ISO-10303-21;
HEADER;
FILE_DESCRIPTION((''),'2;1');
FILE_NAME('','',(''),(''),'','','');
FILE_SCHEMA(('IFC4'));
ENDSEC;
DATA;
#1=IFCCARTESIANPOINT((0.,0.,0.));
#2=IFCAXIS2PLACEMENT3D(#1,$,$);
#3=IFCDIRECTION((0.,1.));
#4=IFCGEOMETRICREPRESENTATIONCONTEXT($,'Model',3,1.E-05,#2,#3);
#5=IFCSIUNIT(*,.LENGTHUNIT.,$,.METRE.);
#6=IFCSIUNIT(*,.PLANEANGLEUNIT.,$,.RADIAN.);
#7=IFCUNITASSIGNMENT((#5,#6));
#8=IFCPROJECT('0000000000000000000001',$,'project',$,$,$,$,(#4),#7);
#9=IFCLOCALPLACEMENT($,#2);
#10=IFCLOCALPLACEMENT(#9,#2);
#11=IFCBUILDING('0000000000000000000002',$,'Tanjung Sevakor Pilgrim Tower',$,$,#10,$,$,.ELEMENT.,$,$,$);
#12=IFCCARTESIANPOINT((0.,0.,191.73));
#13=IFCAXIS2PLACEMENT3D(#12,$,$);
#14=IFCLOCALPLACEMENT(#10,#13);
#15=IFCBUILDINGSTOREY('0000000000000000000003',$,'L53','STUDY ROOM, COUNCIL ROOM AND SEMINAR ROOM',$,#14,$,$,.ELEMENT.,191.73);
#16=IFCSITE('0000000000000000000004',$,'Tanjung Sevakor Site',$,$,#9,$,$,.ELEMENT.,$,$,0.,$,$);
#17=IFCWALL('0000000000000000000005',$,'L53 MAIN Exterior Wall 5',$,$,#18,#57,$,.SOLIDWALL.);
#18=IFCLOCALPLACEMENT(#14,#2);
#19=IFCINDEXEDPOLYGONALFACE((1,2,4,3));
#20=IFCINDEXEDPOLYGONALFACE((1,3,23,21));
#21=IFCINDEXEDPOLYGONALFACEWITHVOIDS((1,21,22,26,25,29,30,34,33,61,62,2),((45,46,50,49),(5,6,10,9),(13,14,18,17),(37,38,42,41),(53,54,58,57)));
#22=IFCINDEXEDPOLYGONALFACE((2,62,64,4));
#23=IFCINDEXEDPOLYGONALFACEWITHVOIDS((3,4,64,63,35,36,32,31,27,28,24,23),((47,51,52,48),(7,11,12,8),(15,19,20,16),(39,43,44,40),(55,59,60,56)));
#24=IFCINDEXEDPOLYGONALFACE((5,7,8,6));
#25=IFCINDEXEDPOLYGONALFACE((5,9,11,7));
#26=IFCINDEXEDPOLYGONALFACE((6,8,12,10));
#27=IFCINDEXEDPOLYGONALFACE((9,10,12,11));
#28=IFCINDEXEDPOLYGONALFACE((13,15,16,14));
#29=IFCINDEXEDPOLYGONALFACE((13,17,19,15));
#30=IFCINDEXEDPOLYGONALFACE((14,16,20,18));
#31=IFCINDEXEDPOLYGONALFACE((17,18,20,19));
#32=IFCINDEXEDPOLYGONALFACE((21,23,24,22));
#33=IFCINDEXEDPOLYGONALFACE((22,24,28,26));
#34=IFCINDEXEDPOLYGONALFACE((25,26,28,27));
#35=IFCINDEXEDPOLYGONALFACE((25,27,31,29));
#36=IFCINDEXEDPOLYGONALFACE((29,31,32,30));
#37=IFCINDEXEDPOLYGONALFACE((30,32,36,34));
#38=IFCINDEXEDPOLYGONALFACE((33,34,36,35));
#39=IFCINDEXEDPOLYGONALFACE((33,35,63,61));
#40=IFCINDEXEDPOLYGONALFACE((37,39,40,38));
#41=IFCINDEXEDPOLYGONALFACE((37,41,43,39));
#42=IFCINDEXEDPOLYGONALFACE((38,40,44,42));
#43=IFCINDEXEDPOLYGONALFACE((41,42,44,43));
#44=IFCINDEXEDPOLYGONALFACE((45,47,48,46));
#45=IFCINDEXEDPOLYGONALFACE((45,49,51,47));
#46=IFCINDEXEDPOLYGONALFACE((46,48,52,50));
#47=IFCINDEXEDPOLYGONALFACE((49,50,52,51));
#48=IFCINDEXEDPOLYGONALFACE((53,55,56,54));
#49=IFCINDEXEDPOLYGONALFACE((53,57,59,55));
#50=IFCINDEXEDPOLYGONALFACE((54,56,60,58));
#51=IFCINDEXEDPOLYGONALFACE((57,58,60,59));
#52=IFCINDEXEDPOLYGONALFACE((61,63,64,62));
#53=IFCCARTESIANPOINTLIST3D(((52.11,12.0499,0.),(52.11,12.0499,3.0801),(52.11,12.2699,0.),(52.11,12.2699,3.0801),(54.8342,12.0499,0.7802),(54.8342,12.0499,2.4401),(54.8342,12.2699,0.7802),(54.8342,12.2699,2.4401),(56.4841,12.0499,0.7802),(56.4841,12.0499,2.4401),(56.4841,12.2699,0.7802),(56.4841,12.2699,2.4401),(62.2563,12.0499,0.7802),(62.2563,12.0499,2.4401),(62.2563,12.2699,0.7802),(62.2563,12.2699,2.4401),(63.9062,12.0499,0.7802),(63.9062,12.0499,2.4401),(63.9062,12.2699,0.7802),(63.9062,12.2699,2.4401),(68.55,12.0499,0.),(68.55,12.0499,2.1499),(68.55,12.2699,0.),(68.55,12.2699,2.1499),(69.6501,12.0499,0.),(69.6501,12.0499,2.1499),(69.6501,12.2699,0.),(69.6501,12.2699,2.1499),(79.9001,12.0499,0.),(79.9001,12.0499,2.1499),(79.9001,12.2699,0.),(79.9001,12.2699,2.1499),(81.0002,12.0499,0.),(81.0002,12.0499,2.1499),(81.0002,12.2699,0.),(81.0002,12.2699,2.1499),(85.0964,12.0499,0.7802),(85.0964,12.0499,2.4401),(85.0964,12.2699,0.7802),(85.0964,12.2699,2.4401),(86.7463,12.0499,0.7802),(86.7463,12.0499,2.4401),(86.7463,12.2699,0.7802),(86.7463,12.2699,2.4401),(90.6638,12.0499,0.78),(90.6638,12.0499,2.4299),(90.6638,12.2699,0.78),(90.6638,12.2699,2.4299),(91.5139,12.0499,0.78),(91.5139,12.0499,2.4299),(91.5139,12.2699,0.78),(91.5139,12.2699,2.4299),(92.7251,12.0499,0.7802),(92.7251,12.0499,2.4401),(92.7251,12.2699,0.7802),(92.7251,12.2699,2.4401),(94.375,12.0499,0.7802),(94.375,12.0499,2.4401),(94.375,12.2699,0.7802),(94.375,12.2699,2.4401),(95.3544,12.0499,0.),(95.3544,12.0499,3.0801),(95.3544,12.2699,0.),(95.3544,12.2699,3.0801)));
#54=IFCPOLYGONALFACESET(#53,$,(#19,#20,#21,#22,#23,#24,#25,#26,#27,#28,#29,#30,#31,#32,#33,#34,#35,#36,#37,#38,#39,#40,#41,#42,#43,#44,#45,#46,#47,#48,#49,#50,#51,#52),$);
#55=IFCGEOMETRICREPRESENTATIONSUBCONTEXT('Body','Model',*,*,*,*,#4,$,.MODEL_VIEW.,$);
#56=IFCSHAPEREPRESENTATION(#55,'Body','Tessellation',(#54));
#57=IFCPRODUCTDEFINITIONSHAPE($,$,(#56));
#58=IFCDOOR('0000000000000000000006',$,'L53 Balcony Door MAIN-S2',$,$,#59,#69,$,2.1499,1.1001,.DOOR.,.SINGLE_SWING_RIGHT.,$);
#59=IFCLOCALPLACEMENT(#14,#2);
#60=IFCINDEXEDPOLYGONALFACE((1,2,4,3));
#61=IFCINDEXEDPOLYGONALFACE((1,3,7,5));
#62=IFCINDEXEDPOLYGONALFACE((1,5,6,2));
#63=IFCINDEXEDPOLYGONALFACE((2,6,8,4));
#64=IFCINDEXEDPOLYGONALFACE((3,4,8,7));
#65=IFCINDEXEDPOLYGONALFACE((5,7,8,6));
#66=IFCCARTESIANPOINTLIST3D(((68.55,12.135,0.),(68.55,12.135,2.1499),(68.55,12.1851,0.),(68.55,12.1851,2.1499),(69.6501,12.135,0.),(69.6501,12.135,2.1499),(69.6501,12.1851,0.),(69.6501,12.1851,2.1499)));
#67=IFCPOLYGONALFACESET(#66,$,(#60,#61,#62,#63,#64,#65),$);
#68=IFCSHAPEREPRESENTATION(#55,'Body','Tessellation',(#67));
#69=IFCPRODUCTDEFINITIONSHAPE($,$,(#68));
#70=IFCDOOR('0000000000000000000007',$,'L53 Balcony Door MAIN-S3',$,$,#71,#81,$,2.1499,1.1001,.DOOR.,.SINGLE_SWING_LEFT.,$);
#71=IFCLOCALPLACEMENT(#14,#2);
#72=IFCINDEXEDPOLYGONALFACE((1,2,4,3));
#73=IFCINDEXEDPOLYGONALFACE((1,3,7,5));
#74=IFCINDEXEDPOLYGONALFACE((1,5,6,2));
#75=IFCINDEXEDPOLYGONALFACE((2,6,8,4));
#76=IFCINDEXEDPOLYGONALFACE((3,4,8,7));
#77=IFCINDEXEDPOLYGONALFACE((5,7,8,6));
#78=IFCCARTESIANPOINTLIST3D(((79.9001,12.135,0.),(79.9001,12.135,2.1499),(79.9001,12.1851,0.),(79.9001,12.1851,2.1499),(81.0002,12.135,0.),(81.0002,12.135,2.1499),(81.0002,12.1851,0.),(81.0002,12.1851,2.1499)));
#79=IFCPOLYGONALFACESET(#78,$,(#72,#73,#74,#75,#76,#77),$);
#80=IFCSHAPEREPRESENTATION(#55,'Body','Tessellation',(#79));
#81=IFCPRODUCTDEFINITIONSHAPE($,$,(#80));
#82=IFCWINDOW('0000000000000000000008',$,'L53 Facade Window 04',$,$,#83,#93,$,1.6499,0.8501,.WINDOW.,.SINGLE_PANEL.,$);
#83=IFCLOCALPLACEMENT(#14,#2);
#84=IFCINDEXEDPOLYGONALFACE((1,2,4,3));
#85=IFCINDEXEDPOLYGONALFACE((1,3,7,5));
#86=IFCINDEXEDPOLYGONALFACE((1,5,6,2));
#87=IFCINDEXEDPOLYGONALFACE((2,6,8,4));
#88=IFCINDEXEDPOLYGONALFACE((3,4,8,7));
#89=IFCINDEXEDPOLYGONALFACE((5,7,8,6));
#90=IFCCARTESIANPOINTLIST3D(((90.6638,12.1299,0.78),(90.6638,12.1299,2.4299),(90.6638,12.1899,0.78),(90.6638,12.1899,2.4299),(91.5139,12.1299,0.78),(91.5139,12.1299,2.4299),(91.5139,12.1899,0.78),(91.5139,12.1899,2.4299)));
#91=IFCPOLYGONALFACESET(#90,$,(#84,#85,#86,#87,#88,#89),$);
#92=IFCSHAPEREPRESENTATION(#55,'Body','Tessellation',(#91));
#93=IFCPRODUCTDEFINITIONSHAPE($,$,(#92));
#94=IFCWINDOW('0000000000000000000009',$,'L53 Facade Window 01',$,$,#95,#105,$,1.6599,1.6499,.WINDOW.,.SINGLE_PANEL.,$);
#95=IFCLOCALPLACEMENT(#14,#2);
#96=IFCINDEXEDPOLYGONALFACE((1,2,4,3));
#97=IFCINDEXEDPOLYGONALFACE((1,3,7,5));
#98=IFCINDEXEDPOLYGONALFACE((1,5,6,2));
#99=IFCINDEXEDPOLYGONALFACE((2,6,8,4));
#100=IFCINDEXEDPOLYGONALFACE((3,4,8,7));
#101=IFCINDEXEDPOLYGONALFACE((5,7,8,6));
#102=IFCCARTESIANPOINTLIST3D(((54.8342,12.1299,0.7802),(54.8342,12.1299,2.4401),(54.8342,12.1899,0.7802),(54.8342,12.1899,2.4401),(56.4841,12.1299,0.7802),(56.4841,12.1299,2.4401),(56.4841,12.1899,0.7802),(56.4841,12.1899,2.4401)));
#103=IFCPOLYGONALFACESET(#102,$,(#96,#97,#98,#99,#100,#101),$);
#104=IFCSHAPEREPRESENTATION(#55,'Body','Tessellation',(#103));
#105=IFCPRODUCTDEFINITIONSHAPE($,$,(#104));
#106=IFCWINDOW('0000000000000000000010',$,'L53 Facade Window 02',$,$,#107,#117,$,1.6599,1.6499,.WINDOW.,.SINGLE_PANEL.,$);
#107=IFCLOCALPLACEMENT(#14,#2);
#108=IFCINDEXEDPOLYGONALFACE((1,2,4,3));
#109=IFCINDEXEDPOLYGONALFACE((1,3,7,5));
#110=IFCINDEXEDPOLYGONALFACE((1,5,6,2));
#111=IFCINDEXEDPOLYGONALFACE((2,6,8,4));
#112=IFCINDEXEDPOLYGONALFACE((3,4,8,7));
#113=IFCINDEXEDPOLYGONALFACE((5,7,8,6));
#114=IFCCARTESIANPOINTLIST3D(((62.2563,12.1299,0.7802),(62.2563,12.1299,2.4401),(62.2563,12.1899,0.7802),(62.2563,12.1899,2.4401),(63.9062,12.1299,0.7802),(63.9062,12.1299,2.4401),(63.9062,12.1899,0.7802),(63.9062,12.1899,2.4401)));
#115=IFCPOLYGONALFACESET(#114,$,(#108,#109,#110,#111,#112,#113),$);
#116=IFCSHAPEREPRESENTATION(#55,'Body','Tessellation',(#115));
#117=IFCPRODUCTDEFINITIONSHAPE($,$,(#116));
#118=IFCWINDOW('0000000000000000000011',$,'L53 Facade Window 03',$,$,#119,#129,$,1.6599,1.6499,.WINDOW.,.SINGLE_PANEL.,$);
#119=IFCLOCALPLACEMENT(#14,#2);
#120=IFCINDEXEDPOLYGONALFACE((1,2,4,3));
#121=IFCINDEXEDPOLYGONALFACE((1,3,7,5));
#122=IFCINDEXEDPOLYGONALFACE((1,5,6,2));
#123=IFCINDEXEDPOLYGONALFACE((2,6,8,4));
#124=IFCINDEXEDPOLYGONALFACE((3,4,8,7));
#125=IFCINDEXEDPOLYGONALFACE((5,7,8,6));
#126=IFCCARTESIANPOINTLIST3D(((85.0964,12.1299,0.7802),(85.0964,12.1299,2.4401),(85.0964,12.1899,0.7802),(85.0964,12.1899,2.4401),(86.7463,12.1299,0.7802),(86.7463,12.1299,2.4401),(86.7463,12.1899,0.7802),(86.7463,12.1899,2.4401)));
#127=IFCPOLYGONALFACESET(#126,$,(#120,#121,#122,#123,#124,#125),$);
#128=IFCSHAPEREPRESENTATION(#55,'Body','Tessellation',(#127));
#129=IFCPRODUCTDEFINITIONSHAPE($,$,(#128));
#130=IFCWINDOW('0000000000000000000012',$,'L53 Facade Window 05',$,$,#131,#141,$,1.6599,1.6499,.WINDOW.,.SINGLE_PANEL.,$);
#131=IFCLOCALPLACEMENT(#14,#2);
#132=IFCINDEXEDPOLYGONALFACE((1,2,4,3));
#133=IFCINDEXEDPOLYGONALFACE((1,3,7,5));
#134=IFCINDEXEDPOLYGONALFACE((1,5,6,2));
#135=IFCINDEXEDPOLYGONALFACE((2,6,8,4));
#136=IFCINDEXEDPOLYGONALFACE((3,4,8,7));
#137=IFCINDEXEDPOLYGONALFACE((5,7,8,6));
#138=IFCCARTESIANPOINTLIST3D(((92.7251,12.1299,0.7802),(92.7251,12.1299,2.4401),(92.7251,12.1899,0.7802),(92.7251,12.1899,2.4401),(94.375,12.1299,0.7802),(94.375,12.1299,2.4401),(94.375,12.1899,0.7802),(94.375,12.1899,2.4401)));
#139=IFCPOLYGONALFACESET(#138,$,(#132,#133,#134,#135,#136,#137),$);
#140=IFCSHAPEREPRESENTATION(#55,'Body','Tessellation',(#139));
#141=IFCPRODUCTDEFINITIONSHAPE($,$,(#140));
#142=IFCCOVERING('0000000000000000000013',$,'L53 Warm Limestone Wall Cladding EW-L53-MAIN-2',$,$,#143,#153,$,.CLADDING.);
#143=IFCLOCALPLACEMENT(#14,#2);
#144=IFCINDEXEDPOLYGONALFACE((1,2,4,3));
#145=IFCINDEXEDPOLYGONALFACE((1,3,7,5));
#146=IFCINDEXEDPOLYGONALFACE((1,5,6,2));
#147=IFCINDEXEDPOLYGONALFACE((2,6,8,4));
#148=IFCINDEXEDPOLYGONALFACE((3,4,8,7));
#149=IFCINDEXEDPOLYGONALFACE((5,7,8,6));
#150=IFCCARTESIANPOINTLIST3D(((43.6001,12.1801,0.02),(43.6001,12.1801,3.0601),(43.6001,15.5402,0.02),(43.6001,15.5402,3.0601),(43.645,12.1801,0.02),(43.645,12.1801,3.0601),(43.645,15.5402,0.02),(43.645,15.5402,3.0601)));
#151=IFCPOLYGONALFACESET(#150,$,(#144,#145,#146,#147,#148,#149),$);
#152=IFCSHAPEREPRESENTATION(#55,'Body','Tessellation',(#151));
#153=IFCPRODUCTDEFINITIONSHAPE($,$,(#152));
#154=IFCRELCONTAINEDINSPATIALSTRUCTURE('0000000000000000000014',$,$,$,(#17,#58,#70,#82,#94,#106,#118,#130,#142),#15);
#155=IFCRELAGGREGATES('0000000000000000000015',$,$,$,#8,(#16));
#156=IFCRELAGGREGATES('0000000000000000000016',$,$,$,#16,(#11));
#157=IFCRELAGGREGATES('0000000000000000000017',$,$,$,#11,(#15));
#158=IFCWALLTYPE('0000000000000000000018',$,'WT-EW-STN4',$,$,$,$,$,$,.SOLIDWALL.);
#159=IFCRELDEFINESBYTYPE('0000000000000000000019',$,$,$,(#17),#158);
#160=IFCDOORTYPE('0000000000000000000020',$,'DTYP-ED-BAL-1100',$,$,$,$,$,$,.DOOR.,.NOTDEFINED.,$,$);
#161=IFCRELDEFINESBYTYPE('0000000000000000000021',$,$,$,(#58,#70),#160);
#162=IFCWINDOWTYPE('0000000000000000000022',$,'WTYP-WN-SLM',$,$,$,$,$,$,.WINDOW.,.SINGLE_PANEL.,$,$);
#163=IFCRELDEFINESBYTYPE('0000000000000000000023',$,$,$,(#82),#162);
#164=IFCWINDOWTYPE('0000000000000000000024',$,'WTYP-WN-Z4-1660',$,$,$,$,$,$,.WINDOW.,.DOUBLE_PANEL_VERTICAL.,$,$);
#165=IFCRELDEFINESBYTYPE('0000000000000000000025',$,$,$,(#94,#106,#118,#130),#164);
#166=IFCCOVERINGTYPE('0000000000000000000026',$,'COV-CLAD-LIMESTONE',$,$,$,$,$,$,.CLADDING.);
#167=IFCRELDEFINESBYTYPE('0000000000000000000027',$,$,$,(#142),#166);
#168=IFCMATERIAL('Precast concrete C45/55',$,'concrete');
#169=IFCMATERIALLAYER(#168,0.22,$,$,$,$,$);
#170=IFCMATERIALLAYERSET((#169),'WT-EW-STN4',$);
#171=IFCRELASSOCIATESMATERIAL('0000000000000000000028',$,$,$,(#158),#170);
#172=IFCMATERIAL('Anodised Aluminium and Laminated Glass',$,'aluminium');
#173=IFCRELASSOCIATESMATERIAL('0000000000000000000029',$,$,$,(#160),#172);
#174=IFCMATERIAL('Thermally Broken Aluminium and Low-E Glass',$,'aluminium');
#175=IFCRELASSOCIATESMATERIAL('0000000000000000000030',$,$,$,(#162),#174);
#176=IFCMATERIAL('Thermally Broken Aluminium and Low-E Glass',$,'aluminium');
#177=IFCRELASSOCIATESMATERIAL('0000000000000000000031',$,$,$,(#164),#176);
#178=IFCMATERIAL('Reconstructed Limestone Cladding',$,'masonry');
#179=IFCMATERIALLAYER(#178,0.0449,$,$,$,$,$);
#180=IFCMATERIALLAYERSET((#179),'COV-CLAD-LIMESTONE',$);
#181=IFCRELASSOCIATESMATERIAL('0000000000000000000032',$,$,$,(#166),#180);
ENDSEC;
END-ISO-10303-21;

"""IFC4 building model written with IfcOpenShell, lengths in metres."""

from ifc_helpers import new_model, si_unit, direction, frame, frame_2d, origin, origin_2d, place, context, subcontext, project, spatial, rectangle, extrude, material, layer, layer_set, type_object, element, fill, save


model = new_model("IFC4")

# Units and contexts
model_context = context("Model", 3, precision=1e-05, world=origin(), true_north=direction((0.0, 1.0)))
body_context = subcontext(model_context, "Body", "Model", "MODEL_VIEW")
ifc_project = project(units=[si_unit("LENGTHUNIT", "METRE"), si_unit("PLANEANGLEUNIT", "RADIAN")], contexts=[model_context])

# Site, building, storey
site_placement = place(None, origin())
site = spatial("IfcSite", under=ifc_project, at=site_placement, Name="Tanjung Sevakor Site", CompositionType="ELEMENT", RefElevation=0.0)
building_placement = place(site_placement, origin())
building = spatial("IfcBuilding", under=site, at=building_placement, Name="Tanjung Sevakor Pilgrim Tower", CompositionType="ELEMENT")
storey_placement = place(building_placement, frame((0.0, 0.0, 191.73)))
storey = spatial("IfcBuildingStorey", under=building, at=storey_placement, Name="L53", Description="STUDY ROOM, COUNCIL ROOM AND SEMINAR ROOM", CompositionType="ELEMENT", Elevation=191.73)

# Shared definitions
ifc_material_1 = material(Name="Precast concrete C45/55", Category="concrete")
ifc_layer_1 = layer(ifc_material_1, 0.22)
ifc_layer_set_1 = layer_set([ifc_layer_1], Name="WT-EW-STN4")
wall_type_1 = type_object("IfcWallType", Name="WT-EW-STN4", PredefinedType="SOLIDWALL", material=ifc_layer_set_1)

# Wall, openings, doors, windows
wall_1_placement = place(storey_placement, frame((52.1101, 12.1599, 0.0), z_axis=(0.0, 0.0, 1.0), x_axis=(1.0, 0.0, 0.0)))
wall_1 = element("IfcWall", 1, at=wall_1_placement, inside=storey, type_object=wall_type_1, Name="L53 MAIN Exterior Wall 5", PredefinedType="SOLIDWALL", context=body_context, shape_type="SweptSolid", body=[
    extrude(rectangle(XDim=43.2444, YDim=0.22, at=frame_2d((21.6221, 0.0))), origin(), (0.0, 0.0, 1.0), 3.0801),
])
opening_1_placement = place(wall_1_placement, frame((16.4399, 0.0, 0.0)))
opening_1 = element("IfcOpeningElement", 2, at=opening_1_placement, cuts=wall_1, PredefinedType="OPENING", context=body_context, shape_type="SweptSolid", body=[
    extrude(rectangle(XDim=1.1001, YDim=2.1499, at=frame_2d((0.55, 1.075))), frame((0.0, 0.1199, 0.0), z_axis=(0.0, -1.0, 0.0), x_axis=(1.0, 0.0, 0.0)), (0.0, 0.0, 1.0), 0.24),
])
opening_2_placement = place(wall_1_placement, frame((27.79, 0.0, 0.0)))
opening_2 = element("IfcOpeningElement", 3, at=opening_2_placement, cuts=wall_1, PredefinedType="OPENING", context=body_context, shape_type="SweptSolid", body=[
    extrude(rectangle(XDim=1.1001, YDim=2.1499, at=frame_2d((0.55, 1.075))), frame((0.0, 0.1199, 0.0), z_axis=(0.0, -1.0, 0.0), x_axis=(1.0, 0.0, 0.0)), (0.0, 0.0, 1.0), 0.24),
])
opening_3_placement = place(wall_1_placement, frame((2.7241, 0.0, 0.78)))
opening_3 = element("IfcOpeningElement", 4, at=opening_3_placement, cuts=wall_1, PredefinedType="OPENING", context=body_context, shape_type="SweptSolid", body=[
    extrude(rectangle(XDim=1.6499, YDim=1.6599, at=frame_2d((0.825, 0.8301))), frame((0.0, 0.1199, 0.0), z_axis=(0.0, -1.0, 0.0), x_axis=(1.0, 0.0, 0.0)), (0.0, 0.0, 1.0), 0.24),
])
opening_4_placement = place(wall_1_placement, frame((10.1462, 0.0, 0.78)))
opening_4 = element("IfcOpeningElement", 5, at=opening_4_placement, cuts=wall_1, PredefinedType="OPENING", context=body_context, shape_type="SweptSolid", body=[
    extrude(rectangle(XDim=1.6499, YDim=1.6599, at=frame_2d((0.825, 0.8301))), frame((0.0, 0.1199, 0.0), z_axis=(0.0, -1.0, 0.0), x_axis=(1.0, 0.0, 0.0)), (0.0, 0.0, 1.0), 0.24),
])
opening_5_placement = place(wall_1_placement, frame((32.9863, 0.0, 0.78)))
opening_5 = element("IfcOpeningElement", 6, at=opening_5_placement, cuts=wall_1, PredefinedType="OPENING", context=body_context, shape_type="SweptSolid", body=[
    extrude(rectangle(XDim=1.6499, YDim=1.6599, at=frame_2d((0.825, 0.8301))), frame((0.0, 0.1199, 0.0), z_axis=(0.0, -1.0, 0.0), x_axis=(1.0, 0.0, 0.0)), (0.0, 0.0, 1.0), 0.24),
])
opening_6_placement = place(wall_1_placement, frame((38.5537, 0.0, 0.78)))
opening_6 = element("IfcOpeningElement", 7, at=opening_6_placement, cuts=wall_1, PredefinedType="OPENING", context=body_context, shape_type="SweptSolid", body=[
    extrude(rectangle(XDim=0.8501, YDim=1.6499, at=frame_2d((0.425, 0.825))), frame((0.0, 0.1199, 0.0), z_axis=(0.0, -1.0, 0.0), x_axis=(1.0, 0.0, 0.0)), (0.0, 0.0, 1.0), 0.24),
])
opening_7_placement = place(wall_1_placement, frame((40.615, 0.0, 0.78)))
opening_7 = element("IfcOpeningElement", 8, at=opening_7_placement, cuts=wall_1, PredefinedType="OPENING", context=body_context, shape_type="SweptSolid", body=[
    extrude(rectangle(XDim=1.6499, YDim=1.6599, at=frame_2d((0.825, 0.8301))), frame((0.0, 0.1199, 0.0), z_axis=(0.0, -1.0, 0.0), x_axis=(1.0, 0.0, 0.0)), (0.0, 0.0, 1.0), 0.24),
])
ifc_material_2 = material(Name="Anodised Aluminium and Laminated Glass", Category="aluminium")
door_type_1 = type_object("IfcDoorType", Name="DTYP-ED-BAL-1100", OperationType="NOTDEFINED", PredefinedType="DOOR", material=ifc_material_2)
door_1_placement = place(opening_1_placement, frame((1.1001, 0.0, 0.0), z_axis=(0.0, 0.0, 1.0), x_axis=(-1.0, 0.0, 0.0)))
door_1 = element("IfcDoor", 9, at=door_1_placement, inside=storey, type_object=door_type_1, Name="L53 Balcony Door MAIN-S2", OperationType="SINGLE_SWING_RIGHT", OverallHeight=2.1499, OverallWidth=1.1001, PredefinedType="DOOR", context=body_context, shape_type="SweptSolid", body=[
    extrude(rectangle(XDim=1.1001, YDim=2.1499, at=frame_2d((0.55, 1.075))), frame((0.0, 0.0249, 0.0), z_axis=(0.0, -1.0, 0.0), x_axis=(1.0, 0.0, 0.0)), (0.0, 0.0, 1.0), 0.05),
])
fill(opening_1, door_1)
door_2_placement = place(opening_2_placement, frame((1.1001, 0.0, 0.0), z_axis=(0.0, 0.0, 1.0), x_axis=(-1.0, 0.0, 0.0)))
door_2 = element("IfcDoor", 10, at=door_2_placement, inside=storey, type_object=door_type_1, Name="L53 Balcony Door MAIN-S3", OperationType="SINGLE_SWING_LEFT", OverallHeight=2.1499, OverallWidth=1.1001, PredefinedType="DOOR", context=body_context, shape_type="SweptSolid", body=[
    extrude(rectangle(XDim=1.1001, YDim=2.1499, at=frame_2d((0.55, 1.075))), frame((0.0, 0.0249, 0.0), z_axis=(0.0, -1.0, 0.0), x_axis=(1.0, 0.0, 0.0)), (0.0, 0.0, 1.0), 0.05),
])
fill(opening_2, door_2)
ifc_material_3 = material(Name="Thermally Broken Aluminium and Low-E Glass", Category="aluminium")
window_type_1 = type_object("IfcWindowType", Name="WTYP-WN-SLM", PartitioningType="SINGLE_PANEL", PredefinedType="WINDOW", material=ifc_material_3)
window_1_placement = place(opening_6_placement, origin())
window_1 = element("IfcWindow", 11, at=window_1_placement, inside=storey, type_object=window_type_1, Name="L53 Facade Window 04", OverallHeight=1.6499, OverallWidth=0.8501, PartitioningType="SINGLE_PANEL", PredefinedType="WINDOW", context=body_context, shape_type="SweptSolid", body=[
    extrude(rectangle(XDim=0.8501, YDim=1.6499, at=frame_2d((0.425, 0.825))), frame((0.0, 0.03, 0.0), z_axis=(0.0, -1.0, 0.0), x_axis=(1.0, 0.0, 0.0)), (0.0, 0.0, 1.0), 0.0601),
])
fill(opening_6, window_1)
ifc_material_4 = material(Name="Thermally Broken Aluminium and Low-E Glass", Category="aluminium")
window_type_2 = type_object("IfcWindowType", Name="WTYP-WN-Z4-1660", PartitioningType="DOUBLE_PANEL_VERTICAL", PredefinedType="WINDOW", material=ifc_material_4)
window_2_placement = place(opening_3_placement, origin())
window_2 = element("IfcWindow", 12, at=window_2_placement, inside=storey, type_object=window_type_2, Name="L53 Facade Window 01", OverallHeight=1.6599, OverallWidth=1.6499, PartitioningType="SINGLE_PANEL", PredefinedType="WINDOW", context=body_context, shape_type="SweptSolid", body=[
    extrude(rectangle(XDim=1.6499, YDim=1.6599, at=frame_2d((0.825, 0.8301))), frame((0.0, 0.03, 0.0), z_axis=(0.0, -1.0, 0.0), x_axis=(1.0, 0.0, 0.0)), (0.0, 0.0, 1.0), 0.0601),
])
fill(opening_3, window_2)
window_3_placement = place(opening_4_placement, origin())
window_3 = element("IfcWindow", 13, at=window_3_placement, inside=storey, type_object=window_type_2, Name="L53 Facade Window 02", OverallHeight=1.6599, OverallWidth=1.6499, PartitioningType="SINGLE_PANEL", PredefinedType="WINDOW", context=body_context, shape_type="SweptSolid", body=[
    extrude(rectangle(XDim=1.6499, YDim=1.6599, at=frame_2d((0.825, 0.8301))), frame((0.0, 0.03, 0.0), z_axis=(0.0, -1.0, 0.0), x_axis=(1.0, 0.0, 0.0)), (0.0, 0.0, 1.0), 0.0601),
])
fill(opening_4, window_3)
window_4_placement = place(opening_5_placement, origin())
window_4 = element("IfcWindow", 14, at=window_4_placement, inside=storey, type_object=window_type_2, Name="L53 Facade Window 03", OverallHeight=1.6599, OverallWidth=1.6499, PartitioningType="SINGLE_PANEL", PredefinedType="WINDOW", context=body_context, shape_type="SweptSolid", body=[
    extrude(rectangle(XDim=1.6499, YDim=1.6599, at=frame_2d((0.825, 0.8301))), frame((0.0, 0.03, 0.0), z_axis=(0.0, -1.0, 0.0), x_axis=(1.0, 0.0, 0.0)), (0.0, 0.0, 1.0), 0.0601),
])
fill(opening_5, window_4)
window_5_placement = place(opening_7_placement, origin())
window_5 = element("IfcWindow", 15, at=window_5_placement, inside=storey, type_object=window_type_2, Name="L53 Facade Window 05", OverallHeight=1.6599, OverallWidth=1.6499, PartitioningType="SINGLE_PANEL", PredefinedType="WINDOW", context=body_context, shape_type="SweptSolid", body=[
    extrude(rectangle(XDim=1.6499, YDim=1.6599, at=frame_2d((0.825, 0.8301))), frame((0.0, 0.03, 0.0), z_axis=(0.0, -1.0, 0.0), x_axis=(1.0, 0.0, 0.0)), (0.0, 0.0, 1.0), 0.0601),
])
fill(opening_7, window_5)

# Covering
ifc_material_5 = material(Name="Reconstructed Limestone Cladding", Category="masonry")
ifc_layer_2 = layer(ifc_material_5, 0.0449)
ifc_layer_set_2 = layer_set([ifc_layer_2], Name="COV-CLAD-LIMESTONE")
covering_type = type_object("IfcCoveringType", Name="COV-CLAD-LIMESTONE", PredefinedType="CLADDING", material=ifc_layer_set_2)
for number, where, z_axis, x_axis, name in (
    (16, (43.6226, 13.8601, 0.02), (0.0, 0.0, 1.0), (0.0, 1.0, 0.0), "L53 Warm Limestone Wall Cladding EW-L53-MAIN-2"),
):
    element("IfcCovering", number, at=place(storey_placement, frame(where, z_axis=z_axis, x_axis=x_axis)), inside=storey, type_object=covering_type, Name=name, PredefinedType="CLADDING", context=body_context, shape_type="SweptSolid", body=[
        extrude(rectangle(XDim=3.3601, YDim=0.0449, at=origin_2d()), origin(), (0.0, 0.0, 1.0), 3.04),
    ])

save(model, "model.ifc")
